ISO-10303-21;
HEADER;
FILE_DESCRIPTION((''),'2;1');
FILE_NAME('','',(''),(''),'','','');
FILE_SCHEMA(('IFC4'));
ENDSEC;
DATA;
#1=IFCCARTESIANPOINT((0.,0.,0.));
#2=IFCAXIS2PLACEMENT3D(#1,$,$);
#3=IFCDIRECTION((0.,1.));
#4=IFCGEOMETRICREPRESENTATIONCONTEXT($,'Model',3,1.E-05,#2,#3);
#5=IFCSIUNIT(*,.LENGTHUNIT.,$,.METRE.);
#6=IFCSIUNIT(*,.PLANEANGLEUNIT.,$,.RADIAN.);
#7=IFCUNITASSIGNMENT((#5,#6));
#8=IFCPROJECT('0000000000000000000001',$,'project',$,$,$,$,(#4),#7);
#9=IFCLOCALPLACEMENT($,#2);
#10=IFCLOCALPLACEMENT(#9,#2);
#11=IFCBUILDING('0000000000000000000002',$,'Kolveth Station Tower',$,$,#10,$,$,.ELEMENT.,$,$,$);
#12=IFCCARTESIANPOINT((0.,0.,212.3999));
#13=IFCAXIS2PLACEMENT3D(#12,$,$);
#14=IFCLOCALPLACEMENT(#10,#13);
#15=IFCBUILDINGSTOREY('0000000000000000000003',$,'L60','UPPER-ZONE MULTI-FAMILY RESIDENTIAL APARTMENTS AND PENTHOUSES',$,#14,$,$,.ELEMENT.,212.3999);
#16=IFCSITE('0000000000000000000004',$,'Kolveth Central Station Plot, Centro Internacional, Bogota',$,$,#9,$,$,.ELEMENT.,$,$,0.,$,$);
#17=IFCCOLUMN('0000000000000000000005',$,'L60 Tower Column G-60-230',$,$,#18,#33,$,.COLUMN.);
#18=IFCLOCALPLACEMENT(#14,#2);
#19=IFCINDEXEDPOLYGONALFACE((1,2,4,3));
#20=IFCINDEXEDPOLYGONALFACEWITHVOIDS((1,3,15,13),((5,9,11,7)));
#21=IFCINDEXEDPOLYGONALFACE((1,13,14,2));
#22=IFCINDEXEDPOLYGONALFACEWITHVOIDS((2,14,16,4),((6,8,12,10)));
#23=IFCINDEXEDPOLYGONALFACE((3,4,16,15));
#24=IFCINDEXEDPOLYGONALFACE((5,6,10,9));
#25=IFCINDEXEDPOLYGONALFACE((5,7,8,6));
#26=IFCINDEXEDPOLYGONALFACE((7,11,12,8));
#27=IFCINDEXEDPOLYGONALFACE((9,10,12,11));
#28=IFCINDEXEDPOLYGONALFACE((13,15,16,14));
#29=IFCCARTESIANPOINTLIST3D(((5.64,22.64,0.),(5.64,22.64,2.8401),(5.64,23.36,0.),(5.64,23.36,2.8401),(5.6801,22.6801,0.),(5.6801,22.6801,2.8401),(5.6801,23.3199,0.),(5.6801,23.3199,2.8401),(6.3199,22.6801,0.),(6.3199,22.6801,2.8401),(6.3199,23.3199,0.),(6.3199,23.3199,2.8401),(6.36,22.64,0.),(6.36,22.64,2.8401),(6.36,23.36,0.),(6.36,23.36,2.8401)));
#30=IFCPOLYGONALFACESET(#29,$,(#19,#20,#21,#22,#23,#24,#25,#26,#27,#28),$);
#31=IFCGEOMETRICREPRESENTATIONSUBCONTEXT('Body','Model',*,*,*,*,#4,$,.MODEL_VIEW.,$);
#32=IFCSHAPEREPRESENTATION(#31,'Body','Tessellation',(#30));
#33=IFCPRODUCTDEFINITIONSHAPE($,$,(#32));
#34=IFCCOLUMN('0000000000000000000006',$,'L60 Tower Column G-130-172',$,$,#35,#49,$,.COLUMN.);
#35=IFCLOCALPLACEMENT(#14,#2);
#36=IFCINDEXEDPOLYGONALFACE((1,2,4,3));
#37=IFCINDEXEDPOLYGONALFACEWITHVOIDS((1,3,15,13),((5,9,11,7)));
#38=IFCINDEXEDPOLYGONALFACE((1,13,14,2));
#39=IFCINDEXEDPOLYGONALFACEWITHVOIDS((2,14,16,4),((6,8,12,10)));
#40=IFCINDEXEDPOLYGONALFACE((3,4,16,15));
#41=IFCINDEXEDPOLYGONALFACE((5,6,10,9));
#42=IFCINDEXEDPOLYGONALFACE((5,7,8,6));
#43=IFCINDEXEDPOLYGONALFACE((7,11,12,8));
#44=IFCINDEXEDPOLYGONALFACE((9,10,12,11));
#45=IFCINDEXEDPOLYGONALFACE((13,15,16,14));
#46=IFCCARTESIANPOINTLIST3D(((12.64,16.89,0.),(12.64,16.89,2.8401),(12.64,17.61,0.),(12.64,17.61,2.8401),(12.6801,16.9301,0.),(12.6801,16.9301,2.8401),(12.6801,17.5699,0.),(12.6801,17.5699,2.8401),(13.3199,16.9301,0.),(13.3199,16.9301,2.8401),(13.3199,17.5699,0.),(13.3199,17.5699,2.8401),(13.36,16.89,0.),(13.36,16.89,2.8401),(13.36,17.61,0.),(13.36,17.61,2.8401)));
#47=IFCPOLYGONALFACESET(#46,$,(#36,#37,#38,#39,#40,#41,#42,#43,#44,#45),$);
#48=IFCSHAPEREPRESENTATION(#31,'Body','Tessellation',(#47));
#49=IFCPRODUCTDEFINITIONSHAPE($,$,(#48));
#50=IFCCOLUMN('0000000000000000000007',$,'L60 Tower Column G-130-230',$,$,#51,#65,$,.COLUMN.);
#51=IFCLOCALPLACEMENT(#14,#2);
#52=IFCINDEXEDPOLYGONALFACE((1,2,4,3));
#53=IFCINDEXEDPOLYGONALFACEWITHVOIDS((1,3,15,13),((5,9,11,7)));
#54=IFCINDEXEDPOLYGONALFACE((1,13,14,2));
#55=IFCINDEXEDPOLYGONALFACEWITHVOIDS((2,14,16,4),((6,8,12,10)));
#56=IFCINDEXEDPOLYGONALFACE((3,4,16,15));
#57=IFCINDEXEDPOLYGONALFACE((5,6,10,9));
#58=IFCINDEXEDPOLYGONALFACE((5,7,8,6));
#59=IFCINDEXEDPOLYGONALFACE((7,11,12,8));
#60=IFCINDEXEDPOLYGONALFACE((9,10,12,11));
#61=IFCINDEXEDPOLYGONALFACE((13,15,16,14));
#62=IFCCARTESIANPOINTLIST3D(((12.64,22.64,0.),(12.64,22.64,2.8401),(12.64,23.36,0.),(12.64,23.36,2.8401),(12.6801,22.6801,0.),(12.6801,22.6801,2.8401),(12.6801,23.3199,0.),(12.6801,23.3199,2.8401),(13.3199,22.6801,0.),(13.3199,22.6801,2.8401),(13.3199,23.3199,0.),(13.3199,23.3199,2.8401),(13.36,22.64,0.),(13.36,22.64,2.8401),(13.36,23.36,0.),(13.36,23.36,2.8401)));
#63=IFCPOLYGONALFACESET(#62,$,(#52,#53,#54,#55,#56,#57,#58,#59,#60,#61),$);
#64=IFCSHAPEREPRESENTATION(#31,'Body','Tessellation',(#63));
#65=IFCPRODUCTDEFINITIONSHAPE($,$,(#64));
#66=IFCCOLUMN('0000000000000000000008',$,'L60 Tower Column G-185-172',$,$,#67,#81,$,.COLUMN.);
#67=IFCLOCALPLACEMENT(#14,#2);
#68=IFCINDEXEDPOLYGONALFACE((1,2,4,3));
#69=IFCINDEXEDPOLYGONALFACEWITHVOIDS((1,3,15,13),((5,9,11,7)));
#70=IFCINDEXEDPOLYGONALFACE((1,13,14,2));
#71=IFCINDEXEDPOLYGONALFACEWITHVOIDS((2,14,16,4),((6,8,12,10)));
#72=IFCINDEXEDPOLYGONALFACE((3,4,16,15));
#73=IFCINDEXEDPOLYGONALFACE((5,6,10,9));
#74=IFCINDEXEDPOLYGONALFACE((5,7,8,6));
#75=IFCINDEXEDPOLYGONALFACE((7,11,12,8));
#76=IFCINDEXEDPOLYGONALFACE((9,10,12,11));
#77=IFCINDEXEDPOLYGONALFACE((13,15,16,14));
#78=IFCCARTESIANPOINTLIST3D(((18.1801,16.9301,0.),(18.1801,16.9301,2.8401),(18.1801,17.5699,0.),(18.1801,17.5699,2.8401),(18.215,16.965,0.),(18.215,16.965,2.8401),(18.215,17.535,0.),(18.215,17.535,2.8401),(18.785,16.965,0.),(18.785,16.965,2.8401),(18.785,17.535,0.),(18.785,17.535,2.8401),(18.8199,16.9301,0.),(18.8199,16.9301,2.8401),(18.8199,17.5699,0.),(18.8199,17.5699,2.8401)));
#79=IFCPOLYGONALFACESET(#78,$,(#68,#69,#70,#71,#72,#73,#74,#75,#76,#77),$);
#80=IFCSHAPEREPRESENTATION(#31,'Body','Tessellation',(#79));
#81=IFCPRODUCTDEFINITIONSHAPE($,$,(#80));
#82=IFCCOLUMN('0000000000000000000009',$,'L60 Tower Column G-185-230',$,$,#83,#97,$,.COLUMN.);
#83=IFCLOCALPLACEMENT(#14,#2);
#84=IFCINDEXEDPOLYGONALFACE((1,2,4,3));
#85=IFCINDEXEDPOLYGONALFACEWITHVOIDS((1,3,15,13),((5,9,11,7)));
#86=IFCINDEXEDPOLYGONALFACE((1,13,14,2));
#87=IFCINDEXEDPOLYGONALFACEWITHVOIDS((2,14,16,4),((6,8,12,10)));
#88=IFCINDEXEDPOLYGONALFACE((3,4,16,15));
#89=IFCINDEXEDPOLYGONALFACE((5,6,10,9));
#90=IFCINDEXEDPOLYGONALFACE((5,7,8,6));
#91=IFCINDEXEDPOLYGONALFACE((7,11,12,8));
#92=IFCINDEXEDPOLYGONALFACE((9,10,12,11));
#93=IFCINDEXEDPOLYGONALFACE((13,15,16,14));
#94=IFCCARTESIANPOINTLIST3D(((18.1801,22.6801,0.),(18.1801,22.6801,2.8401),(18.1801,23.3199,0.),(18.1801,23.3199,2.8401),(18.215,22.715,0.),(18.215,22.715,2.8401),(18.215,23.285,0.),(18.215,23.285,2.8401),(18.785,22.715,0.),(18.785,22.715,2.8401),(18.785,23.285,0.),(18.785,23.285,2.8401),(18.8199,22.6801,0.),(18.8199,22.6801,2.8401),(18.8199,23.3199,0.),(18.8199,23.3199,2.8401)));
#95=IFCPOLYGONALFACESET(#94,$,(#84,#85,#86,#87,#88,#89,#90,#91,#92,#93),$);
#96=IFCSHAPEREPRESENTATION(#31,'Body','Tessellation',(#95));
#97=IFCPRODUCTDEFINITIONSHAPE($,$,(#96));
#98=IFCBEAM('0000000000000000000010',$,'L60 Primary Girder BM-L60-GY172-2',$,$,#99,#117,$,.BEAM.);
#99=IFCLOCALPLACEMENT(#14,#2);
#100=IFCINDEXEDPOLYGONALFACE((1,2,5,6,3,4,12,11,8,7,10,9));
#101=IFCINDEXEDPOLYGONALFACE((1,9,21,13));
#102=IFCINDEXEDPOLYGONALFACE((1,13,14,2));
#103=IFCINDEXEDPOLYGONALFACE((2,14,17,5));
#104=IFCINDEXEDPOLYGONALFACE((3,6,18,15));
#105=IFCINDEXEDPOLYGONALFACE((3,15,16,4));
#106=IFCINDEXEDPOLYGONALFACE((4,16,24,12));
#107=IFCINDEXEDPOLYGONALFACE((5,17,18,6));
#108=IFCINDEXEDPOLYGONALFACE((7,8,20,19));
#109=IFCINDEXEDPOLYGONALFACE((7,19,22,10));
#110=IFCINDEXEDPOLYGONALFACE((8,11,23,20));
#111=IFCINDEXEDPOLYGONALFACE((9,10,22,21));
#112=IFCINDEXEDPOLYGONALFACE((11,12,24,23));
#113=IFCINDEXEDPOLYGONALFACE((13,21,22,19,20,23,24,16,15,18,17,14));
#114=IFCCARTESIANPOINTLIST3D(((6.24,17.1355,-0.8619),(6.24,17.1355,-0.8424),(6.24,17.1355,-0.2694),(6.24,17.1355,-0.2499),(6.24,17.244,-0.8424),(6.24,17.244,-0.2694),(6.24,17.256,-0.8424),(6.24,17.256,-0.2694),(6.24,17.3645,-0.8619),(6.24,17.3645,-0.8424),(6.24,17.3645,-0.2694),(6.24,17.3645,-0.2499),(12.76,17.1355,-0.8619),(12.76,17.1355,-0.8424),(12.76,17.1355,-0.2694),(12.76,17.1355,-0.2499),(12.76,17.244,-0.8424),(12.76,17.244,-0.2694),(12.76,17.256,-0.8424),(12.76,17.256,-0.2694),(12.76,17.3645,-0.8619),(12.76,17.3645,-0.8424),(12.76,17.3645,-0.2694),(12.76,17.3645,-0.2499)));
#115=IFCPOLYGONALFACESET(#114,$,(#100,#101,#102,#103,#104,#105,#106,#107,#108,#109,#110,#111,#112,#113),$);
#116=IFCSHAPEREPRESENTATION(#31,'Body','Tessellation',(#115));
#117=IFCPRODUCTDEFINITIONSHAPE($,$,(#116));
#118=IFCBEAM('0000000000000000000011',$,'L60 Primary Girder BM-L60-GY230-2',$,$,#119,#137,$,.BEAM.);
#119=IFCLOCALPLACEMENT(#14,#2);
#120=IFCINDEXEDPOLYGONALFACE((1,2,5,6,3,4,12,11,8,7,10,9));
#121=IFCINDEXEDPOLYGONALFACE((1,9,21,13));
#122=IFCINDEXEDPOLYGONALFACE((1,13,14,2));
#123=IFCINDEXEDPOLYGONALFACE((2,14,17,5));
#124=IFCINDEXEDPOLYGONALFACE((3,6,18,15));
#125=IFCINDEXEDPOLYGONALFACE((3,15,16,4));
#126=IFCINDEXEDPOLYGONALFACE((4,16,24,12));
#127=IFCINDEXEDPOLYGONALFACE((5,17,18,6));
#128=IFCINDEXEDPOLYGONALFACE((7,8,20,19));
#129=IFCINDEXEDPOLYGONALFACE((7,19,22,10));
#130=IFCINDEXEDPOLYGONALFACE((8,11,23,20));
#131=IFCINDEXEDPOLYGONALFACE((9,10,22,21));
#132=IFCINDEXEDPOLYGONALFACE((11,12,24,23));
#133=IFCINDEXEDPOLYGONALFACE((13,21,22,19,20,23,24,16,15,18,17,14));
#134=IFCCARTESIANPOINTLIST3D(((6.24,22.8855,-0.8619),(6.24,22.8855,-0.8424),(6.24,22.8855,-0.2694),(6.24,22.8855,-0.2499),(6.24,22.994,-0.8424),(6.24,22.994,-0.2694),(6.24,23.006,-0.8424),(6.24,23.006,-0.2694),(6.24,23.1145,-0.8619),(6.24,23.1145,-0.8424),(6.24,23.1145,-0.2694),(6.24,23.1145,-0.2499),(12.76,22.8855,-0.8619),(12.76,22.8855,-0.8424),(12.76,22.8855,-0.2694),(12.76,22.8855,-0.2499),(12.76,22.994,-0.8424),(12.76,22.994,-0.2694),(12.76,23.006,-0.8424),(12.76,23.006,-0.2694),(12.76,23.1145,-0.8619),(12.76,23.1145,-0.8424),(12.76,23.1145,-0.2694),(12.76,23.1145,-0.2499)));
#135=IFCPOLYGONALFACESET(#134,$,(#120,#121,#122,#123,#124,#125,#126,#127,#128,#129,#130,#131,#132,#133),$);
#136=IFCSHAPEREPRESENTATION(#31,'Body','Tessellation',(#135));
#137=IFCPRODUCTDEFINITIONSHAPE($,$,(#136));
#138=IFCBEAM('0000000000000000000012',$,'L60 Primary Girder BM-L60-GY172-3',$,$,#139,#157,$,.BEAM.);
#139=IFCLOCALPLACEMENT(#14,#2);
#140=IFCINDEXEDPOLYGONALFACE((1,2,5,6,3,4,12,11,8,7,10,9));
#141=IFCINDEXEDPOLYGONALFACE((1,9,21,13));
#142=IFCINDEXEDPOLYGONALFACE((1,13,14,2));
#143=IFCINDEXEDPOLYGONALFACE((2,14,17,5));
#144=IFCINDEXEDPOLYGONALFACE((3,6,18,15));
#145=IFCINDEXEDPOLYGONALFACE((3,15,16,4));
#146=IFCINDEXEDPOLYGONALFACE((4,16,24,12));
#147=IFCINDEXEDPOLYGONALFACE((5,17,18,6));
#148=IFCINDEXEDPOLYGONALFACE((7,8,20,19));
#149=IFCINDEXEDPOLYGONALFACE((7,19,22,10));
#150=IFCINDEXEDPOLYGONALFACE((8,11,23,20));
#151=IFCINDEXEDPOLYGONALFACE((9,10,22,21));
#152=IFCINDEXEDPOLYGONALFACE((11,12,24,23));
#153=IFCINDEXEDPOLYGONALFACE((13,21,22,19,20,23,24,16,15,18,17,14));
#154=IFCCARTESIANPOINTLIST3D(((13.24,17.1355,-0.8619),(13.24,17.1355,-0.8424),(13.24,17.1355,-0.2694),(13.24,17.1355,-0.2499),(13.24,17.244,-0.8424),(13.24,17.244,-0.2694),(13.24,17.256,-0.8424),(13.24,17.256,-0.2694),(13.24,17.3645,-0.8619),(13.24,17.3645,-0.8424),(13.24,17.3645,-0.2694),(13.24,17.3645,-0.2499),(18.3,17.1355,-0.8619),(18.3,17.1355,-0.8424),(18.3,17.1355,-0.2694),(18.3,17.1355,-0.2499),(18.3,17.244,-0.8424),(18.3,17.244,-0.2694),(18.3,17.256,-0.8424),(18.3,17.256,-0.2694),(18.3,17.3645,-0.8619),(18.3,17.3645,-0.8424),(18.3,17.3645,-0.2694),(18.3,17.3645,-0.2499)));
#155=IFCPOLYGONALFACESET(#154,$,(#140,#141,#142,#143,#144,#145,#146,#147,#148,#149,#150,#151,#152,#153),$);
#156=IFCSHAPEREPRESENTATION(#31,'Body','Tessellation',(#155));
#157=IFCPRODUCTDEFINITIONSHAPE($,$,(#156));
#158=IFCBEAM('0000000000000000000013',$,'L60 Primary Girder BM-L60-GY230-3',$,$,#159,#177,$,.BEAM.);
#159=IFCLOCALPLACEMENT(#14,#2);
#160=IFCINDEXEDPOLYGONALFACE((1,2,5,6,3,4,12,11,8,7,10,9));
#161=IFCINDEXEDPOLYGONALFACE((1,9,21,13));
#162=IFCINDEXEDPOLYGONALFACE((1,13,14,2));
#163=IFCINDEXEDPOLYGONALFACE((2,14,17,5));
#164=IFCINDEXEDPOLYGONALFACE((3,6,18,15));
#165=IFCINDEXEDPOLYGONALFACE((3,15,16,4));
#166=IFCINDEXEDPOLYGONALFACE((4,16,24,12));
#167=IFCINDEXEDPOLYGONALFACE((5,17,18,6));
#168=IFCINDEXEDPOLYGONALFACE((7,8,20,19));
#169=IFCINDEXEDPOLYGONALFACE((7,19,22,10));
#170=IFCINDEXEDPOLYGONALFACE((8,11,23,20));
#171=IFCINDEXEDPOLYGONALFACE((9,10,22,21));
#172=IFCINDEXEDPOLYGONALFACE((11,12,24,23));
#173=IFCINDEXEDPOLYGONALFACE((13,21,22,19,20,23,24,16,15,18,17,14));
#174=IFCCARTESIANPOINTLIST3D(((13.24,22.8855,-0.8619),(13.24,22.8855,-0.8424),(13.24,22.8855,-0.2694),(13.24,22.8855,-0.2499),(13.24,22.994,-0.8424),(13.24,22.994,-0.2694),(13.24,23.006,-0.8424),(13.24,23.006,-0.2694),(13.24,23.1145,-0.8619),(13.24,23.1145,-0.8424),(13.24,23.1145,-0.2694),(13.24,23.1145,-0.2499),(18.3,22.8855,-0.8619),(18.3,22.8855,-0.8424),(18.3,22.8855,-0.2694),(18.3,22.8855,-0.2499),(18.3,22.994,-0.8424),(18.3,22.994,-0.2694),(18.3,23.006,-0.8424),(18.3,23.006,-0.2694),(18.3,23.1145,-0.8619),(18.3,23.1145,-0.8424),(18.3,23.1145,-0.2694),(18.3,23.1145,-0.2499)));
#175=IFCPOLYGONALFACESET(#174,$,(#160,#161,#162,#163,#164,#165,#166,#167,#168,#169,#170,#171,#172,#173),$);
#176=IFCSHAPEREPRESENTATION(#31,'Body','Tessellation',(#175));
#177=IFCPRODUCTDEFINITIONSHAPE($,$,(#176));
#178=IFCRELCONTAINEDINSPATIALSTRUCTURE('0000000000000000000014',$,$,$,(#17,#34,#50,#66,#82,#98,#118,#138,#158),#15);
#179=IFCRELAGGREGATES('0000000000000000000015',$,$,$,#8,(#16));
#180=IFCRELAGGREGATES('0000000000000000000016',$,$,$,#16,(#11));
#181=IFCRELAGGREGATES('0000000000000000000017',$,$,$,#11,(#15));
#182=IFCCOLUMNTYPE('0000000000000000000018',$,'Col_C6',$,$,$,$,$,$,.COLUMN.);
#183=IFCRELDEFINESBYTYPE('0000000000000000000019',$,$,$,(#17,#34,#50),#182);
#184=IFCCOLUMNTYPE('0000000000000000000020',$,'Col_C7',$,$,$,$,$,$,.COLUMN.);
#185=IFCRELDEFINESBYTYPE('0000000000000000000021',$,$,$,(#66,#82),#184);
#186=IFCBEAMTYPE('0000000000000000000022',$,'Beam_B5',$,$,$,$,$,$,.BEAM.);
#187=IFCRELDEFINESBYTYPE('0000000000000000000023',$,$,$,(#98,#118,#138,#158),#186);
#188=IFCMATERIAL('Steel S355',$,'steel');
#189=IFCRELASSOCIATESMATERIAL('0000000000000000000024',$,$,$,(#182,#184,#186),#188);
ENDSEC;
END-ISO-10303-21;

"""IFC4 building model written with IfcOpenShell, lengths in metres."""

from ifc_helpers import new_model, si_unit, direction, frame, origin, origin_2d, place, context, subcontext, project, spatial, hollow_rectangle, i_section, extrude, source, transform, mapped, material, material_profile, profile_set, type_object, element, save


model = new_model("IFC4")

# Units and contexts
model_context = context("Model", 3, precision=1e-05, world=origin(), true_north=direction((0.0, 1.0)))
body_context = subcontext(model_context, "Body", "Model", "MODEL_VIEW")
ifc_project = project(units=[si_unit("LENGTHUNIT", "METRE"), si_unit("PLANEANGLEUNIT", "RADIAN")], contexts=[model_context])

# Site, building, storey
site_placement = place(None, origin())
site = spatial("IfcSite", under=ifc_project, at=site_placement, Name="Kolveth Central Station Plot, Centro Internacional, Bogota", CompositionType="ELEMENT", RefElevation=0.0)
building_placement = place(site_placement, origin())
building = spatial("IfcBuilding", under=site, at=building_placement, Name="Kolveth Station Tower", CompositionType="ELEMENT")
storey_placement = place(building_placement, frame((0.0, 0.0, 212.3999)))
storey = spatial("IfcBuildingStorey", under=building, at=storey_placement, Name="L60", Description="UPPER-ZONE MULTI-FAMILY RESIDENTIAL APARTMENTS AND PENTHOUSES", CompositionType="ELEMENT", Elevation=212.3999)

# Columns
ifc_material_1 = material(Name="Steel S355", Category="steel")
ifc_material_profile_1 = material_profile(ifc_material_1, hollow_rectangle(XDim=0.72, YDim=0.72, WallThickness=0.04, at=origin_2d()), Name="BOX720x720x40")
ifc_profile_set_1 = profile_set([ifc_material_profile_1], Name="Steel S355")
column_type_1 = type_object("IfcColumnType", Name="Col_C6", PredefinedType="COLUMN", material=ifc_profile_set_1)
shared_shape_1 = source(origin(), body_context, "Body", "SweptSolid", [
    extrude(hollow_rectangle(XDim=0.72, YDim=0.72, WallThickness=0.04, at=origin_2d()), origin(), (0.0, 0.0, 1.0), 2.8401),
])
for number, where, z_axis, x_axis, name in (
    (1, (6.0, 23.0, 0.0), (0.0, 0.0, 1.0), (1.0, 0.0, 0.0), "L60 Tower Column G-60-230"),
    (2, (13.0, 17.25, 0.0), (0.0, 0.0, 1.0), (1.0, 0.0, 0.0), "L60 Tower Column G-130-172"),
    (3, (13.0, 23.0, 0.0), (0.0, 0.0, 1.0), (1.0, 0.0, 0.0), "L60 Tower Column G-130-230"),
):
    element("IfcColumn", number, at=place(storey_placement, frame(where, z_axis=z_axis, x_axis=x_axis)), inside=storey, type_object=column_type_1, Name=name, PredefinedType="COLUMN", context=body_context, shape_type="MappedRepresentation", body=[
        mapped(shared_shape_1, transform((0.0, 0.0, 0.0), x_axis=(1.0, 0.0, 0.0), y_axis=(0.0, 1.0, 0.0), z_axis=(0.0, 0.0, 1.0), scale=1.0)),
    ])
ifc_material_profile_2 = material_profile(ifc_material_1, hollow_rectangle(XDim=0.6399, YDim=0.6399, WallThickness=0.0349, at=origin_2d()), Name="BOX640x640x35")
ifc_profile_set_2 = profile_set([ifc_material_profile_2], Name="Steel S355")
column_type_2 = type_object("IfcColumnType", Name="Col_C7", PredefinedType="COLUMN", material=ifc_profile_set_2)
shared_shape_2 = source(origin(), body_context, "Body", "SweptSolid", [
    extrude(hollow_rectangle(XDim=0.6399, YDim=0.6399, WallThickness=0.0349, at=origin_2d()), origin(), (0.0, 0.0, 1.0), 2.8401),
])
for number, where, z_axis, x_axis, name in (
    (4, (18.5, 17.25, 0.0), (0.0, 0.0, 1.0), (1.0, 0.0, 0.0), "L60 Tower Column G-185-172"),
    (5, (18.5, 23.0, 0.0), (0.0, 0.0, 1.0), (1.0, 0.0, 0.0), "L60 Tower Column G-185-230"),
):
    element("IfcColumn", number, at=place(storey_placement, frame(where, z_axis=z_axis, x_axis=x_axis)), inside=storey, type_object=column_type_2, Name=name, PredefinedType="COLUMN", context=body_context, shape_type="MappedRepresentation", body=[
        mapped(shared_shape_2, transform((0.0, 0.0, 0.0), x_axis=(1.0, 0.0, 0.0), y_axis=(0.0, 1.0, 0.0), z_axis=(0.0, 0.0, 1.0), scale=1.0)),
    ])

# Beams
ifc_material_profile_3 = material_profile(ifc_material_1, i_section(OverallWidth=0.229, OverallDepth=0.6121, WebThickness=0.012, FlangeThickness=0.0195, at=origin_2d()), Name="W610x125")
ifc_profile_set_3 = profile_set([ifc_material_profile_3], Name="Steel S355")
beam_type_1 = type_object("IfcBeamType", Name="Beam_B5", PredefinedType="BEAM", material=ifc_profile_set_3)
shared_shape_3 = source(origin(), body_context, "Body", "SweptSolid", [
    extrude(i_section(OverallWidth=0.229, OverallDepth=0.6121, WebThickness=0.012, FlangeThickness=0.0195, at=origin_2d()), origin(), (0.0, 0.0, 1.0), 6.52),
])
for number, where, z_axis, x_axis, name in (
    (6, (6.24, 17.25, -0.5559), (1.0, 0.0, 0.0), (0.0, 1.0, 0.0), "L60 Primary Girder BM-L60-GY172-2"),
    (7, (6.24, 23.0, -0.5559), (1.0, 0.0, 0.0), (0.0, 1.0, 0.0), "L60 Primary Girder BM-L60-GY230-2"),
):
    element("IfcBeam", number, at=place(storey_placement, frame(where, z_axis=z_axis, x_axis=x_axis)), inside=storey, type_object=beam_type_1, Name=name, PredefinedType="BEAM", context=body_context, shape_type="MappedRepresentation", body=[
        mapped(shared_shape_3, transform((0.0, 0.0, 0.0), x_axis=(1.0, 0.0, 0.0), y_axis=(0.0, 1.0, 0.0), z_axis=(0.0, 0.0, 1.0), scale=1.0)),
    ])
shared_shape_4 = source(origin(), body_context, "Body", "SweptSolid", [
    extrude(i_section(OverallWidth=0.229, OverallDepth=0.6121, WebThickness=0.012, FlangeThickness=0.0195, at=origin_2d()), origin(), (0.0, 0.0, 1.0), 5.0601),
])
for number, where, z_axis, x_axis, name in (
    (8, (13.24, 17.25, -0.5559), (1.0, 0.0, 0.0), (0.0, 1.0, 0.0), "L60 Primary Girder BM-L60-GY172-3"),
    (9, (13.24, 23.0, -0.5559), (1.0, 0.0, 0.0), (0.0, 1.0, 0.0), "L60 Primary Girder BM-L60-GY230-3"),
):
    element("IfcBeam", number, at=place(storey_placement, frame(where, z_axis=z_axis, x_axis=x_axis)), inside=storey, type_object=beam_type_1, Name=name, PredefinedType="BEAM", context=body_context, shape_type="MappedRepresentation", body=[
        mapped(shared_shape_4, transform((0.0, 0.0, 0.0), x_axis=(1.0, 0.0, 0.0), y_axis=(0.0, 1.0, 0.0), z_axis=(0.0, 0.0, 1.0), scale=1.0)),
    ])

save(model, "model.ifc")
